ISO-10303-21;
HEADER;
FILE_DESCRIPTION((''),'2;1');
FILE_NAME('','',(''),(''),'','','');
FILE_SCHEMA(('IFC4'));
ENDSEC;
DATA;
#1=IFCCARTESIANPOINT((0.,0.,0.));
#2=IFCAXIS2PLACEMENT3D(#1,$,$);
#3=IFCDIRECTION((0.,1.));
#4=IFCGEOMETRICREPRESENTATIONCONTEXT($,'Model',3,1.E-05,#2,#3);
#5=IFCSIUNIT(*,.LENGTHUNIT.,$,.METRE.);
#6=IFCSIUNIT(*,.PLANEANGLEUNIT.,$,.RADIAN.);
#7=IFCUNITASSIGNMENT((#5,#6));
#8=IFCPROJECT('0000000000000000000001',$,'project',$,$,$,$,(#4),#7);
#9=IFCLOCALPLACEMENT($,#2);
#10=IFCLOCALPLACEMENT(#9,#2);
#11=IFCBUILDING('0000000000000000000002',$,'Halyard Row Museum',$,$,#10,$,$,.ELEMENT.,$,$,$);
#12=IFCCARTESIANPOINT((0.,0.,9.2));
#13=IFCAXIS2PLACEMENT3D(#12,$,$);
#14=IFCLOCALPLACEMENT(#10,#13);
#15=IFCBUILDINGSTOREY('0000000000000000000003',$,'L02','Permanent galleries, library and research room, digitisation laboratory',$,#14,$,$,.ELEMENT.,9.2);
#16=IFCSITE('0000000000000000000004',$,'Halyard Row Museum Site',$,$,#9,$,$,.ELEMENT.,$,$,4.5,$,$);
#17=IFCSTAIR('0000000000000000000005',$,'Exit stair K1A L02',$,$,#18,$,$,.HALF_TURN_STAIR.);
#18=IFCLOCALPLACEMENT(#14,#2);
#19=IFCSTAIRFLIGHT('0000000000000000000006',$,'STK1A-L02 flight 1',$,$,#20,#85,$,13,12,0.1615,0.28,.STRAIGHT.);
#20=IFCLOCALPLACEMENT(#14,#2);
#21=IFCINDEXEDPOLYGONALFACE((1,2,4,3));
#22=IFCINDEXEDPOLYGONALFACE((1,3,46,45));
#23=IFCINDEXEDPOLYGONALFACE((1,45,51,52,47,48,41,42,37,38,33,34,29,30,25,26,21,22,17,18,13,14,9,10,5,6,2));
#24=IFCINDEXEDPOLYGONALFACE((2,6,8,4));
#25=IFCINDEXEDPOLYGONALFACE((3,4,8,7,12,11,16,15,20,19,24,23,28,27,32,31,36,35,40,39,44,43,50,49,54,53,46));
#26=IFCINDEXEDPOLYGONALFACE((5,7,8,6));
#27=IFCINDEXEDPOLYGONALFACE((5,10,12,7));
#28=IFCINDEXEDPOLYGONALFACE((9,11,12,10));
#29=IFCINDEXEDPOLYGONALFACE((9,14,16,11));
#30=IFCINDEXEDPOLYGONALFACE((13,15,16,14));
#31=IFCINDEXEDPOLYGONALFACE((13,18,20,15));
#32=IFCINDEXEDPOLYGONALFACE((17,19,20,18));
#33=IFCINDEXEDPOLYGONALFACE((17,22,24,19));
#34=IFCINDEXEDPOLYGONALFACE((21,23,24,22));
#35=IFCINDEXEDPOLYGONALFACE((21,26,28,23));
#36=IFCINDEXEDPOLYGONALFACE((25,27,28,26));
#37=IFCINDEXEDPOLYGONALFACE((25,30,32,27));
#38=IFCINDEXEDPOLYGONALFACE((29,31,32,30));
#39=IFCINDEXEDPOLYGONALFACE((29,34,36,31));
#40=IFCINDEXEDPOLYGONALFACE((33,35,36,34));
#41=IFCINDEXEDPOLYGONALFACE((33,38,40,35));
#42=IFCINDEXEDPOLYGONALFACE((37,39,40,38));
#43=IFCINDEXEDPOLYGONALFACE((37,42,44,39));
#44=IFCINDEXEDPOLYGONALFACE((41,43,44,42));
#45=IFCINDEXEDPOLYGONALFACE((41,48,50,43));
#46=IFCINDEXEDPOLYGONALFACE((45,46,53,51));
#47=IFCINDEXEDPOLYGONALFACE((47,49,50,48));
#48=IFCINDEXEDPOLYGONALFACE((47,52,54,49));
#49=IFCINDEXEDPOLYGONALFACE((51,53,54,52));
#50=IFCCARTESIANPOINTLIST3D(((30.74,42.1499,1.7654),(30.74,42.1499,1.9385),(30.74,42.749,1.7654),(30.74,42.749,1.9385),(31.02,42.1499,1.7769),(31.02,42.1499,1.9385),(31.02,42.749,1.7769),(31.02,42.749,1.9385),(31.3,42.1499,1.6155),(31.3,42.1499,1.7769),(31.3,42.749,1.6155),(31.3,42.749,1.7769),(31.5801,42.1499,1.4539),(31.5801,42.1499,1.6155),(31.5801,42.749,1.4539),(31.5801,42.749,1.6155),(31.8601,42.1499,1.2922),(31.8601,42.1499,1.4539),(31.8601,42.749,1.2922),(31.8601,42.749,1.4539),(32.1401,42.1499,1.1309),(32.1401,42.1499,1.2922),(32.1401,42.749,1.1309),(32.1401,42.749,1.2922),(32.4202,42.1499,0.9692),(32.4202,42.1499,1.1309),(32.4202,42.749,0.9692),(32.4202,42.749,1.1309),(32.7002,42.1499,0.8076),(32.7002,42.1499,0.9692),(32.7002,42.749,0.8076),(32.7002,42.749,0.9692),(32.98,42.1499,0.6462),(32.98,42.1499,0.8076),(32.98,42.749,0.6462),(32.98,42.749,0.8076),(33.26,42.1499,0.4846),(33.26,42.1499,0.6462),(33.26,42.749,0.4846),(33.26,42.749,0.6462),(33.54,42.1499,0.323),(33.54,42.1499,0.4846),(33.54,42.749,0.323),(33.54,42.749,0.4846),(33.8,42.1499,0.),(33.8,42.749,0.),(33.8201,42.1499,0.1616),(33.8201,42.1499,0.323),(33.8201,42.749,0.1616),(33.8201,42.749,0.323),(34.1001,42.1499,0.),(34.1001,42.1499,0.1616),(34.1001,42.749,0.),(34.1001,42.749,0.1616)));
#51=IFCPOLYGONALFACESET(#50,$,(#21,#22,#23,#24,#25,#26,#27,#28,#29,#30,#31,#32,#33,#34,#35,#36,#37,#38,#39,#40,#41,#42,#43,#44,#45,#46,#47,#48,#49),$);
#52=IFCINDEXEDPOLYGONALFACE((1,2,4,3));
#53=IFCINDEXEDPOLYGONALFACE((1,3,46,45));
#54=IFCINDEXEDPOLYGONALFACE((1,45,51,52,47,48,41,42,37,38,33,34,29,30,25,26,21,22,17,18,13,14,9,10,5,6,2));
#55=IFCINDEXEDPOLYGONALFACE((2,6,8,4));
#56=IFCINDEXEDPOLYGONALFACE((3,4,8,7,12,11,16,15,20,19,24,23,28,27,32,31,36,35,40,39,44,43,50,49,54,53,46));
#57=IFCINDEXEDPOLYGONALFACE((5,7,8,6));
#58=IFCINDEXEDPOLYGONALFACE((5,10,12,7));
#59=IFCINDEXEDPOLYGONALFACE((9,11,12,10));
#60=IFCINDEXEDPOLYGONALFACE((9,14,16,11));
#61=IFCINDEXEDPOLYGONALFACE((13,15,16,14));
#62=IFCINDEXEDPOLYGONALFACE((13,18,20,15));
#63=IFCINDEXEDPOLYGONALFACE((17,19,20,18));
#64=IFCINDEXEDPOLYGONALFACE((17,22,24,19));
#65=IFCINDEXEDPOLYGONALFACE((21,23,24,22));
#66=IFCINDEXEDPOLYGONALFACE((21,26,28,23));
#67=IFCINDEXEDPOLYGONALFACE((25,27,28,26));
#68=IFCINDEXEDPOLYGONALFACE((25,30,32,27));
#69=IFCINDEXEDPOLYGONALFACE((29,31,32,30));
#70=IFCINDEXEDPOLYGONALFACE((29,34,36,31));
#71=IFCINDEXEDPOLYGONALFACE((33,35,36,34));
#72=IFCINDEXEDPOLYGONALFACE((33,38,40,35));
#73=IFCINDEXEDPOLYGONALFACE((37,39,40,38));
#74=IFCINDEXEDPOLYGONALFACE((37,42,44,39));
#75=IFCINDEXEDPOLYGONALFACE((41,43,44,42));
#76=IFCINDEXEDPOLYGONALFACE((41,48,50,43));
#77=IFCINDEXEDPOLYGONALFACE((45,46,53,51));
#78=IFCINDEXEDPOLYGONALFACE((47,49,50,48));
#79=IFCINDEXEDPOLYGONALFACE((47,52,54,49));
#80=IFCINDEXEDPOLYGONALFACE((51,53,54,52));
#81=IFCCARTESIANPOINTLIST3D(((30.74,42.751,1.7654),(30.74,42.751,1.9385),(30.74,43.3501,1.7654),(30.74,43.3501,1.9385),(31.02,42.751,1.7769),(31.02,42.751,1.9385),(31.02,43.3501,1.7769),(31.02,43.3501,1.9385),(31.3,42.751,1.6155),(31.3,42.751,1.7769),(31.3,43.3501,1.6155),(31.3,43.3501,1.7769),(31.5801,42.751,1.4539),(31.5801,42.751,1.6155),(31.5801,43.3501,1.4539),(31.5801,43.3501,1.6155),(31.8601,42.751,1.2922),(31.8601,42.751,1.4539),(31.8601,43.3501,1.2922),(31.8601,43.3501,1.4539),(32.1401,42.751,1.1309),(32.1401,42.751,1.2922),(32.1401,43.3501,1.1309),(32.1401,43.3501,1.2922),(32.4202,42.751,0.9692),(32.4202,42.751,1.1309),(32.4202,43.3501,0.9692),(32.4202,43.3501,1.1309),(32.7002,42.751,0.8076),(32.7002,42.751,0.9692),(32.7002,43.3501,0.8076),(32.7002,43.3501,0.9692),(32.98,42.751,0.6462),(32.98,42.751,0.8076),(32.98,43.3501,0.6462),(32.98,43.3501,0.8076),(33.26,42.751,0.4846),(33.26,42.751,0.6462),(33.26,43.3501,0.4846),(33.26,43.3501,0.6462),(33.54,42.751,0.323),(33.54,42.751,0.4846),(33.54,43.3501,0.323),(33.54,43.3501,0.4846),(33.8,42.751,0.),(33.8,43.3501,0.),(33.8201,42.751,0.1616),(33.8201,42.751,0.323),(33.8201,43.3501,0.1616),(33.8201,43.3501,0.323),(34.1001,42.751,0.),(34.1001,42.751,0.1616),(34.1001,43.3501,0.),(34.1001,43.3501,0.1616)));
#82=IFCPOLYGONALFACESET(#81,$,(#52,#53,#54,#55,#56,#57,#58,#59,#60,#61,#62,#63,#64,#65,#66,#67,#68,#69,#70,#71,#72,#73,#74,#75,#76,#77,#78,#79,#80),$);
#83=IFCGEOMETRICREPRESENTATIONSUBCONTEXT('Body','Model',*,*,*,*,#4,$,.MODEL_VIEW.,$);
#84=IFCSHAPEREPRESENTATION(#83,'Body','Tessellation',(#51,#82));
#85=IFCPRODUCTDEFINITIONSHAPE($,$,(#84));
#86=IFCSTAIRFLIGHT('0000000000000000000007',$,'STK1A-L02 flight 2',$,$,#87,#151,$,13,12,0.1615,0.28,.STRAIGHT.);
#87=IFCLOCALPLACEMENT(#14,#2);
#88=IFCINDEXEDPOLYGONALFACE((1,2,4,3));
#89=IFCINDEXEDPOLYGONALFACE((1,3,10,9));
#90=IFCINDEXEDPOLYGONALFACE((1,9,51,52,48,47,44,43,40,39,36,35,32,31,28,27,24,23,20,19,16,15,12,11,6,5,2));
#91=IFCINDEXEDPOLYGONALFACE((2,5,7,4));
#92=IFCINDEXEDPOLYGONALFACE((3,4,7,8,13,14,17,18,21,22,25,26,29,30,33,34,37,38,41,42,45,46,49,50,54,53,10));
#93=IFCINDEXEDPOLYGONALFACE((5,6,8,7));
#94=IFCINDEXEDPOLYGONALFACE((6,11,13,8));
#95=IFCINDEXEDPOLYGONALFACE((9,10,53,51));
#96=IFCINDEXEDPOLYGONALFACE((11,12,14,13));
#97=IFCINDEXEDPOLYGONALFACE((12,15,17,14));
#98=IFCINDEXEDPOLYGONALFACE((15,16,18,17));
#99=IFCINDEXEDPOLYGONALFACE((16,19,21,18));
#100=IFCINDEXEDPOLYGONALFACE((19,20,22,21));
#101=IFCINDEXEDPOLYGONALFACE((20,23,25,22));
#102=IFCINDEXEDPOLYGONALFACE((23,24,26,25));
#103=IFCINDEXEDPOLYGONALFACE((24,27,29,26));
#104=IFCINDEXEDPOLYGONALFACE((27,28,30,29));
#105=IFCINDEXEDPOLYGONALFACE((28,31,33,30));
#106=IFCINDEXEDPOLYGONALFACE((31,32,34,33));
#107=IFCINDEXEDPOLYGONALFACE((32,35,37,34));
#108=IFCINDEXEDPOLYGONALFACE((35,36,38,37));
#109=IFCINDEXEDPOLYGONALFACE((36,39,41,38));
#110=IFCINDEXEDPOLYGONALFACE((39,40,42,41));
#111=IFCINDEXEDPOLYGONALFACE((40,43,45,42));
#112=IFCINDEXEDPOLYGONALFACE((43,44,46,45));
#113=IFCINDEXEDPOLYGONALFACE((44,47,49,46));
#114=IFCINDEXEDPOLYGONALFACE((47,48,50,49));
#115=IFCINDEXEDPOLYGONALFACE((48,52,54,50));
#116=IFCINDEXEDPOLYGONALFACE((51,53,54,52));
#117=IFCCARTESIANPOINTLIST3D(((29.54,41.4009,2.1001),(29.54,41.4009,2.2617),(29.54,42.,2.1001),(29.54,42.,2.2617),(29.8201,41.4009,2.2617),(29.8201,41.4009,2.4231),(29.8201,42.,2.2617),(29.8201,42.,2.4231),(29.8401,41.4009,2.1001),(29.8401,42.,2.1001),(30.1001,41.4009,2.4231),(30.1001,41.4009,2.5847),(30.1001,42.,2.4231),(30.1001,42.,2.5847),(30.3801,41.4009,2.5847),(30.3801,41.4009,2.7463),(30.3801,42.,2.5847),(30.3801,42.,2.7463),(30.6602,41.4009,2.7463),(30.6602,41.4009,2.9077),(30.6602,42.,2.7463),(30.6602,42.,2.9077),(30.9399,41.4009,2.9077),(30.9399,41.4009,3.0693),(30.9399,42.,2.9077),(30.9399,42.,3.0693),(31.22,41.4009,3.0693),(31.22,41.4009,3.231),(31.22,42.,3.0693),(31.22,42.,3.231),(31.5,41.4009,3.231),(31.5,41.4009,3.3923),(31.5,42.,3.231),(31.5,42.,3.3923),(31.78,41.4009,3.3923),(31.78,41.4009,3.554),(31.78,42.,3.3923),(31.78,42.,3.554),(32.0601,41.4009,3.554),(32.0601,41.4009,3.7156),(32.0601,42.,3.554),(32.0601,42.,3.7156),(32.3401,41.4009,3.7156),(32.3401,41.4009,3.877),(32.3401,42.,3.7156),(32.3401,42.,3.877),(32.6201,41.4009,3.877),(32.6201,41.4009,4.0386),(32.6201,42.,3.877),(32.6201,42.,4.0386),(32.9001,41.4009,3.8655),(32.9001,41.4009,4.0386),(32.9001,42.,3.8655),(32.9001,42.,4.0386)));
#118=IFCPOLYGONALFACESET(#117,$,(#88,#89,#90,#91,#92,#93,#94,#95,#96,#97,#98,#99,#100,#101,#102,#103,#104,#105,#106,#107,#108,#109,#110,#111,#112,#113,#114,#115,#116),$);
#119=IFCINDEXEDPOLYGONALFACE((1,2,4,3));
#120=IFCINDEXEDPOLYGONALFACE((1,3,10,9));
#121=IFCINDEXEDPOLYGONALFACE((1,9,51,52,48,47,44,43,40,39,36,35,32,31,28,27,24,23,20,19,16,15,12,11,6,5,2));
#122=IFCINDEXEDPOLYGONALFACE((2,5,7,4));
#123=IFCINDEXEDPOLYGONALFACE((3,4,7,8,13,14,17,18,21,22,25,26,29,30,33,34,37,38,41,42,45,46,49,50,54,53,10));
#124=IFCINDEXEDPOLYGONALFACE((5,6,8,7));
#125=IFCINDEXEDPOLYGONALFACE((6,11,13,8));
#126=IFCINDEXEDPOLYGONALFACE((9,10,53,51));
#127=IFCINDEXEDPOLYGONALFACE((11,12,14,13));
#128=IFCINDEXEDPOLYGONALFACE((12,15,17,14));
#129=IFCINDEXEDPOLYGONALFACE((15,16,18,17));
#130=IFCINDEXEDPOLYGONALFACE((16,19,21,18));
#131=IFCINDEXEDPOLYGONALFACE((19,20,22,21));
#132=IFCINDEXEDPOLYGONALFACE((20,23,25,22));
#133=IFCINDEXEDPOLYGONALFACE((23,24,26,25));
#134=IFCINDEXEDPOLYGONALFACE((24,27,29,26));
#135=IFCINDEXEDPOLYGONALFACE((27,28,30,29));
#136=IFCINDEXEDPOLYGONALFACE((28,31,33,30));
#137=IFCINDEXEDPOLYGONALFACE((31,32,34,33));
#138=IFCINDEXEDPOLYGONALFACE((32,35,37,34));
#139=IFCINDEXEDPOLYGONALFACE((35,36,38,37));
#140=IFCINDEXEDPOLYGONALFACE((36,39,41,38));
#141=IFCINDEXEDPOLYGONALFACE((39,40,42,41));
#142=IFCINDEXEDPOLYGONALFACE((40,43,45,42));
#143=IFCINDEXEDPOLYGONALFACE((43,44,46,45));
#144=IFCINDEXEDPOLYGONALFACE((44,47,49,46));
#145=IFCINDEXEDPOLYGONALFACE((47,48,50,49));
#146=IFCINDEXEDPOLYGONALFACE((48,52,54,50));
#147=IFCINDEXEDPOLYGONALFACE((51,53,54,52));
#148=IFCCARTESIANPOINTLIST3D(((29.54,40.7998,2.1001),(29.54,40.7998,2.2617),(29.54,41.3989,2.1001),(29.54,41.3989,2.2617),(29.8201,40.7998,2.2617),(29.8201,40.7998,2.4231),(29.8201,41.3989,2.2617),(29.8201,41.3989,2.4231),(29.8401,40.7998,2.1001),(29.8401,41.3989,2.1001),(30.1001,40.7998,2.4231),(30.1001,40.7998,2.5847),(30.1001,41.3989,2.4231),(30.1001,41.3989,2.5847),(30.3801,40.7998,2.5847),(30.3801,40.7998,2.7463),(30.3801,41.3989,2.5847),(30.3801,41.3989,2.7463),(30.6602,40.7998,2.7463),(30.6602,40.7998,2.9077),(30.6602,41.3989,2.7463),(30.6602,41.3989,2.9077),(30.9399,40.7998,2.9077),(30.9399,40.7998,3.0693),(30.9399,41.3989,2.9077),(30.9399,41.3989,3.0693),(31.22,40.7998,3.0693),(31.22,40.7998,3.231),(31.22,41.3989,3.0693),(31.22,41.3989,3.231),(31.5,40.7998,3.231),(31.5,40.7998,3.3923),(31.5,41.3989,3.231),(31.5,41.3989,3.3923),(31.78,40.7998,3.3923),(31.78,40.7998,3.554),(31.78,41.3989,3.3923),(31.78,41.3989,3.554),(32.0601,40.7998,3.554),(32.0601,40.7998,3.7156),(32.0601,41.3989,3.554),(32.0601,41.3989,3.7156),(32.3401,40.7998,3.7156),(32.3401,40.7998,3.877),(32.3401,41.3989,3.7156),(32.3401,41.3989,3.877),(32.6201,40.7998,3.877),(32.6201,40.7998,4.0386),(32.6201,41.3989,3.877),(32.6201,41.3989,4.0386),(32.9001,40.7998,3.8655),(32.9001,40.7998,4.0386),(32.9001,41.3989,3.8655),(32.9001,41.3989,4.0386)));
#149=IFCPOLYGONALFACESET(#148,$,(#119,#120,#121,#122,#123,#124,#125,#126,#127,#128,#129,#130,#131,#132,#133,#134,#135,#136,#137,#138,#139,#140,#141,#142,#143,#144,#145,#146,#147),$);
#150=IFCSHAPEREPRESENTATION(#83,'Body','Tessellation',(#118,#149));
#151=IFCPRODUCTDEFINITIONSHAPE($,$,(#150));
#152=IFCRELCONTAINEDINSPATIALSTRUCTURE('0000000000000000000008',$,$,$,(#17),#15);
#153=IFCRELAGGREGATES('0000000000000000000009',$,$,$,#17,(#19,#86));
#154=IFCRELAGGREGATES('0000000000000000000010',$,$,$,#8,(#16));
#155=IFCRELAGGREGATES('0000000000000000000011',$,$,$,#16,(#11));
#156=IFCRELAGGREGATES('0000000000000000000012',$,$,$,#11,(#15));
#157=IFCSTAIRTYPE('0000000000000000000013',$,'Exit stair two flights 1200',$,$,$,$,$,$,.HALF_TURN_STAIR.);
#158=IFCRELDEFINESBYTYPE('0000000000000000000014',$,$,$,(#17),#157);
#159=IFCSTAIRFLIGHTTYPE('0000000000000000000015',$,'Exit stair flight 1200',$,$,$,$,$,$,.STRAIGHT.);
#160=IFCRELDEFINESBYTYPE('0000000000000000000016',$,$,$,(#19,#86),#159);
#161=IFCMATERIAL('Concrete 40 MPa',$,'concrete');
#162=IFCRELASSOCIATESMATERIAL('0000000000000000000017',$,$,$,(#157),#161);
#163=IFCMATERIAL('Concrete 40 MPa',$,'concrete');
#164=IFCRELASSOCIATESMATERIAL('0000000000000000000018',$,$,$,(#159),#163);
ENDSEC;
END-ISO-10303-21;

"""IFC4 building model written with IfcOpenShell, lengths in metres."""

from ifc_helpers import new_model, si_unit, direction, frame, origin, place, context, subcontext, project, spatial, polyline, outline, extrude, material, type_object, element, aggregate, save


model = new_model("IFC4")

# Units and contexts
model_context = context("Model", 3, precision=1e-05, world=origin(), true_north=direction((0.0, 1.0)))
body_context = subcontext(model_context, "Body", "Model", "MODEL_VIEW")
ifc_project = project(units=[si_unit("LENGTHUNIT", "METRE"), si_unit("PLANEANGLEUNIT", "RADIAN")], contexts=[model_context])

# Site, building, storey
site_placement = place(None, origin())
site = spatial("IfcSite", under=ifc_project, at=site_placement, Name="Halyard Row Museum Site", CompositionType="ELEMENT", RefElevation=4.5)
building_placement = place(site_placement, origin())
building = spatial("IfcBuilding", under=site, at=building_placement, Name="Halyard Row Museum", CompositionType="ELEMENT")
storey_placement = place(building_placement, frame((0.0, 0.0, 9.2)))
storey = spatial("IfcBuildingStorey", under=building, at=storey_placement, Name="L02", Description="Permanent galleries, library and research room, digitisation laboratory", CompositionType="ELEMENT", Elevation=9.2)

# Stair, stair flights
ifc_material_1 = material(Name="Concrete 40 MPa", Category="concrete")
stair_type = type_object("IfcStairType", Name="Exit stair two flights 1200", PredefinedType="HALF_TURN_STAIR", material=ifc_material_1)
stair_placement = place(storey_placement, origin())
stair = element("IfcStair", 1, at=stair_placement, inside=storey, type_object=stair_type, Name="Exit stair K1A L02", PredefinedType="HALF_TURN_STAIR")
ifc_material_2 = material(Name="Concrete 40 MPa", Category="concrete")
stair_flight_type = type_object("IfcStairFlightType", Name="Exit stair flight 1200", PredefinedType="STRAIGHT", material=ifc_material_2)
stair_flight_1_placement = place(storey_placement, frame((34.1001, 42.75, 0.0), z_axis=(0.0, 0.0, 1.0), x_axis=(-1.0, 0.0, 0.0)))
stair_flight_1 = element("IfcStairFlight", 2, at=stair_flight_1_placement, type_object=stair_flight_type, Name="STK1A-L02 flight 1", NumberOfRisers=13, NumberOfTreads=12, PredefinedType="STRAIGHT", RiserHeight=0.1615, TreadLength=0.28, context=body_context, shape_type="SweptSolid", body=[
    extrude(outline(polyline([(0.0, 0.0), (0.0, 0.1616), (0.28, 0.1616), (0.28, 0.323), (0.5601, 0.323), (0.5601, 0.4846), (0.8401, 0.4846), (0.8401, 0.6462), (1.1201, 0.6462), (1.1201, 0.8076), (1.3999, 0.8076), (1.3999, 0.9692), (1.6799, 0.9692), (1.6799, 1.1309), (1.96, 1.1309), (1.96, 1.2922), (2.24, 1.2922), (2.24, 1.4539), (2.52, 1.4539), (2.52, 1.6155), (2.8, 1.6155), (2.8, 1.7769), (3.0801, 1.7769), (3.0801, 1.9385), (3.3601, 1.9385), (3.3601, 2.1001), (3.3601, 1.7654), (0.3, 0.0), (0.0, 0.0)])), frame((0.0, 0.6001, 0.0), z_axis=(0.0, -1.0, 0.0), x_axis=(1.0, 0.0, 0.0)), (0.0, 0.0, 1.0), 0.5991),
    extrude(outline(polyline([(0.0, 0.0), (0.0, 0.1616), (0.28, 0.1616), (0.28, 0.323), (0.5601, 0.323), (0.5601, 0.4846), (0.8401, 0.4846), (0.8401, 0.6462), (1.1201, 0.6462), (1.1201, 0.8076), (1.3999, 0.8076), (1.3999, 0.9692), (1.6799, 0.9692), (1.6799, 1.1309), (1.96, 1.1309), (1.96, 1.2922), (2.24, 1.2922), (2.24, 1.4539), (2.52, 1.4539), (2.52, 1.6155), (2.8, 1.6155), (2.8, 1.7769), (3.0801, 1.7769), (3.0801, 1.9385), (3.3601, 1.9385), (3.3601, 2.1001), (3.3601, 1.7654), (0.3, 0.0), (0.0, 0.0)])), frame((0.0, -0.001, 0.0), z_axis=(0.0, -1.0, 0.0), x_axis=(1.0, 0.0, 0.0)), (0.0, 0.0, 1.0), 0.5991),
])
stair_flight_2_placement = place(storey_placement, frame((29.54, 41.3999, 2.1001), z_axis=(0.0, 0.0, 1.0), x_axis=(1.0, 0.0, 0.0)))
stair_flight_2 = element("IfcStairFlight", 3, at=stair_flight_2_placement, type_object=stair_flight_type, Name="STK1A-L02 flight 2", NumberOfRisers=13, NumberOfTreads=12, PredefinedType="STRAIGHT", RiserHeight=0.1615, TreadLength=0.28, context=body_context, shape_type="SweptSolid", body=[
    extrude(outline(polyline([(0.0, 0.0), (0.0, 0.1616), (0.28, 0.1616), (0.28, 0.323), (0.5601, 0.323), (0.5601, 0.4846), (0.8401, 0.4846), (0.8401, 0.6462), (1.1201, 0.6462), (1.1201, 0.8076), (1.3999, 0.8076), (1.3999, 0.9692), (1.6799, 0.9692), (1.6799, 1.1309), (1.96, 1.1309), (1.96, 1.2922), (2.24, 1.2922), (2.24, 1.4539), (2.52, 1.4539), (2.52, 1.6155), (2.8, 1.6155), (2.8, 1.7769), (3.0801, 1.7769), (3.0801, 1.9385), (3.3601, 1.9385), (3.3601, 2.1001), (3.3601, 1.7654), (0.3, 0.0), (0.0, 0.0)])), frame((0.0, 0.6001, 0.0), z_axis=(0.0, -1.0, 0.0), x_axis=(1.0, 0.0, 0.0)), (0.0, 0.0, 1.0), 0.5991),
    extrude(outline(polyline([(0.0, 0.0), (0.0, 0.1616), (0.28, 0.1616), (0.28, 0.323), (0.5601, 0.323), (0.5601, 0.4846), (0.8401, 0.4846), (0.8401, 0.6462), (1.1201, 0.6462), (1.1201, 0.8076), (1.3999, 0.8076), (1.3999, 0.9692), (1.6799, 0.9692), (1.6799, 1.1309), (1.96, 1.1309), (1.96, 1.2922), (2.24, 1.2922), (2.24, 1.4539), (2.52, 1.4539), (2.52, 1.6155), (2.8, 1.6155), (2.8, 1.7769), (3.0801, 1.7769), (3.0801, 1.9385), (3.3601, 1.9385), (3.3601, 2.1001), (3.3601, 1.7654), (0.3, 0.0), (0.0, 0.0)])), frame((0.0, -0.001, 0.0), z_axis=(0.0, -1.0, 0.0), x_axis=(1.0, 0.0, 0.0)), (0.0, 0.0, 1.0), 0.5991),
])
aggregate(stair, [stair_flight_1, stair_flight_2])

save(model, "model.ifc")
